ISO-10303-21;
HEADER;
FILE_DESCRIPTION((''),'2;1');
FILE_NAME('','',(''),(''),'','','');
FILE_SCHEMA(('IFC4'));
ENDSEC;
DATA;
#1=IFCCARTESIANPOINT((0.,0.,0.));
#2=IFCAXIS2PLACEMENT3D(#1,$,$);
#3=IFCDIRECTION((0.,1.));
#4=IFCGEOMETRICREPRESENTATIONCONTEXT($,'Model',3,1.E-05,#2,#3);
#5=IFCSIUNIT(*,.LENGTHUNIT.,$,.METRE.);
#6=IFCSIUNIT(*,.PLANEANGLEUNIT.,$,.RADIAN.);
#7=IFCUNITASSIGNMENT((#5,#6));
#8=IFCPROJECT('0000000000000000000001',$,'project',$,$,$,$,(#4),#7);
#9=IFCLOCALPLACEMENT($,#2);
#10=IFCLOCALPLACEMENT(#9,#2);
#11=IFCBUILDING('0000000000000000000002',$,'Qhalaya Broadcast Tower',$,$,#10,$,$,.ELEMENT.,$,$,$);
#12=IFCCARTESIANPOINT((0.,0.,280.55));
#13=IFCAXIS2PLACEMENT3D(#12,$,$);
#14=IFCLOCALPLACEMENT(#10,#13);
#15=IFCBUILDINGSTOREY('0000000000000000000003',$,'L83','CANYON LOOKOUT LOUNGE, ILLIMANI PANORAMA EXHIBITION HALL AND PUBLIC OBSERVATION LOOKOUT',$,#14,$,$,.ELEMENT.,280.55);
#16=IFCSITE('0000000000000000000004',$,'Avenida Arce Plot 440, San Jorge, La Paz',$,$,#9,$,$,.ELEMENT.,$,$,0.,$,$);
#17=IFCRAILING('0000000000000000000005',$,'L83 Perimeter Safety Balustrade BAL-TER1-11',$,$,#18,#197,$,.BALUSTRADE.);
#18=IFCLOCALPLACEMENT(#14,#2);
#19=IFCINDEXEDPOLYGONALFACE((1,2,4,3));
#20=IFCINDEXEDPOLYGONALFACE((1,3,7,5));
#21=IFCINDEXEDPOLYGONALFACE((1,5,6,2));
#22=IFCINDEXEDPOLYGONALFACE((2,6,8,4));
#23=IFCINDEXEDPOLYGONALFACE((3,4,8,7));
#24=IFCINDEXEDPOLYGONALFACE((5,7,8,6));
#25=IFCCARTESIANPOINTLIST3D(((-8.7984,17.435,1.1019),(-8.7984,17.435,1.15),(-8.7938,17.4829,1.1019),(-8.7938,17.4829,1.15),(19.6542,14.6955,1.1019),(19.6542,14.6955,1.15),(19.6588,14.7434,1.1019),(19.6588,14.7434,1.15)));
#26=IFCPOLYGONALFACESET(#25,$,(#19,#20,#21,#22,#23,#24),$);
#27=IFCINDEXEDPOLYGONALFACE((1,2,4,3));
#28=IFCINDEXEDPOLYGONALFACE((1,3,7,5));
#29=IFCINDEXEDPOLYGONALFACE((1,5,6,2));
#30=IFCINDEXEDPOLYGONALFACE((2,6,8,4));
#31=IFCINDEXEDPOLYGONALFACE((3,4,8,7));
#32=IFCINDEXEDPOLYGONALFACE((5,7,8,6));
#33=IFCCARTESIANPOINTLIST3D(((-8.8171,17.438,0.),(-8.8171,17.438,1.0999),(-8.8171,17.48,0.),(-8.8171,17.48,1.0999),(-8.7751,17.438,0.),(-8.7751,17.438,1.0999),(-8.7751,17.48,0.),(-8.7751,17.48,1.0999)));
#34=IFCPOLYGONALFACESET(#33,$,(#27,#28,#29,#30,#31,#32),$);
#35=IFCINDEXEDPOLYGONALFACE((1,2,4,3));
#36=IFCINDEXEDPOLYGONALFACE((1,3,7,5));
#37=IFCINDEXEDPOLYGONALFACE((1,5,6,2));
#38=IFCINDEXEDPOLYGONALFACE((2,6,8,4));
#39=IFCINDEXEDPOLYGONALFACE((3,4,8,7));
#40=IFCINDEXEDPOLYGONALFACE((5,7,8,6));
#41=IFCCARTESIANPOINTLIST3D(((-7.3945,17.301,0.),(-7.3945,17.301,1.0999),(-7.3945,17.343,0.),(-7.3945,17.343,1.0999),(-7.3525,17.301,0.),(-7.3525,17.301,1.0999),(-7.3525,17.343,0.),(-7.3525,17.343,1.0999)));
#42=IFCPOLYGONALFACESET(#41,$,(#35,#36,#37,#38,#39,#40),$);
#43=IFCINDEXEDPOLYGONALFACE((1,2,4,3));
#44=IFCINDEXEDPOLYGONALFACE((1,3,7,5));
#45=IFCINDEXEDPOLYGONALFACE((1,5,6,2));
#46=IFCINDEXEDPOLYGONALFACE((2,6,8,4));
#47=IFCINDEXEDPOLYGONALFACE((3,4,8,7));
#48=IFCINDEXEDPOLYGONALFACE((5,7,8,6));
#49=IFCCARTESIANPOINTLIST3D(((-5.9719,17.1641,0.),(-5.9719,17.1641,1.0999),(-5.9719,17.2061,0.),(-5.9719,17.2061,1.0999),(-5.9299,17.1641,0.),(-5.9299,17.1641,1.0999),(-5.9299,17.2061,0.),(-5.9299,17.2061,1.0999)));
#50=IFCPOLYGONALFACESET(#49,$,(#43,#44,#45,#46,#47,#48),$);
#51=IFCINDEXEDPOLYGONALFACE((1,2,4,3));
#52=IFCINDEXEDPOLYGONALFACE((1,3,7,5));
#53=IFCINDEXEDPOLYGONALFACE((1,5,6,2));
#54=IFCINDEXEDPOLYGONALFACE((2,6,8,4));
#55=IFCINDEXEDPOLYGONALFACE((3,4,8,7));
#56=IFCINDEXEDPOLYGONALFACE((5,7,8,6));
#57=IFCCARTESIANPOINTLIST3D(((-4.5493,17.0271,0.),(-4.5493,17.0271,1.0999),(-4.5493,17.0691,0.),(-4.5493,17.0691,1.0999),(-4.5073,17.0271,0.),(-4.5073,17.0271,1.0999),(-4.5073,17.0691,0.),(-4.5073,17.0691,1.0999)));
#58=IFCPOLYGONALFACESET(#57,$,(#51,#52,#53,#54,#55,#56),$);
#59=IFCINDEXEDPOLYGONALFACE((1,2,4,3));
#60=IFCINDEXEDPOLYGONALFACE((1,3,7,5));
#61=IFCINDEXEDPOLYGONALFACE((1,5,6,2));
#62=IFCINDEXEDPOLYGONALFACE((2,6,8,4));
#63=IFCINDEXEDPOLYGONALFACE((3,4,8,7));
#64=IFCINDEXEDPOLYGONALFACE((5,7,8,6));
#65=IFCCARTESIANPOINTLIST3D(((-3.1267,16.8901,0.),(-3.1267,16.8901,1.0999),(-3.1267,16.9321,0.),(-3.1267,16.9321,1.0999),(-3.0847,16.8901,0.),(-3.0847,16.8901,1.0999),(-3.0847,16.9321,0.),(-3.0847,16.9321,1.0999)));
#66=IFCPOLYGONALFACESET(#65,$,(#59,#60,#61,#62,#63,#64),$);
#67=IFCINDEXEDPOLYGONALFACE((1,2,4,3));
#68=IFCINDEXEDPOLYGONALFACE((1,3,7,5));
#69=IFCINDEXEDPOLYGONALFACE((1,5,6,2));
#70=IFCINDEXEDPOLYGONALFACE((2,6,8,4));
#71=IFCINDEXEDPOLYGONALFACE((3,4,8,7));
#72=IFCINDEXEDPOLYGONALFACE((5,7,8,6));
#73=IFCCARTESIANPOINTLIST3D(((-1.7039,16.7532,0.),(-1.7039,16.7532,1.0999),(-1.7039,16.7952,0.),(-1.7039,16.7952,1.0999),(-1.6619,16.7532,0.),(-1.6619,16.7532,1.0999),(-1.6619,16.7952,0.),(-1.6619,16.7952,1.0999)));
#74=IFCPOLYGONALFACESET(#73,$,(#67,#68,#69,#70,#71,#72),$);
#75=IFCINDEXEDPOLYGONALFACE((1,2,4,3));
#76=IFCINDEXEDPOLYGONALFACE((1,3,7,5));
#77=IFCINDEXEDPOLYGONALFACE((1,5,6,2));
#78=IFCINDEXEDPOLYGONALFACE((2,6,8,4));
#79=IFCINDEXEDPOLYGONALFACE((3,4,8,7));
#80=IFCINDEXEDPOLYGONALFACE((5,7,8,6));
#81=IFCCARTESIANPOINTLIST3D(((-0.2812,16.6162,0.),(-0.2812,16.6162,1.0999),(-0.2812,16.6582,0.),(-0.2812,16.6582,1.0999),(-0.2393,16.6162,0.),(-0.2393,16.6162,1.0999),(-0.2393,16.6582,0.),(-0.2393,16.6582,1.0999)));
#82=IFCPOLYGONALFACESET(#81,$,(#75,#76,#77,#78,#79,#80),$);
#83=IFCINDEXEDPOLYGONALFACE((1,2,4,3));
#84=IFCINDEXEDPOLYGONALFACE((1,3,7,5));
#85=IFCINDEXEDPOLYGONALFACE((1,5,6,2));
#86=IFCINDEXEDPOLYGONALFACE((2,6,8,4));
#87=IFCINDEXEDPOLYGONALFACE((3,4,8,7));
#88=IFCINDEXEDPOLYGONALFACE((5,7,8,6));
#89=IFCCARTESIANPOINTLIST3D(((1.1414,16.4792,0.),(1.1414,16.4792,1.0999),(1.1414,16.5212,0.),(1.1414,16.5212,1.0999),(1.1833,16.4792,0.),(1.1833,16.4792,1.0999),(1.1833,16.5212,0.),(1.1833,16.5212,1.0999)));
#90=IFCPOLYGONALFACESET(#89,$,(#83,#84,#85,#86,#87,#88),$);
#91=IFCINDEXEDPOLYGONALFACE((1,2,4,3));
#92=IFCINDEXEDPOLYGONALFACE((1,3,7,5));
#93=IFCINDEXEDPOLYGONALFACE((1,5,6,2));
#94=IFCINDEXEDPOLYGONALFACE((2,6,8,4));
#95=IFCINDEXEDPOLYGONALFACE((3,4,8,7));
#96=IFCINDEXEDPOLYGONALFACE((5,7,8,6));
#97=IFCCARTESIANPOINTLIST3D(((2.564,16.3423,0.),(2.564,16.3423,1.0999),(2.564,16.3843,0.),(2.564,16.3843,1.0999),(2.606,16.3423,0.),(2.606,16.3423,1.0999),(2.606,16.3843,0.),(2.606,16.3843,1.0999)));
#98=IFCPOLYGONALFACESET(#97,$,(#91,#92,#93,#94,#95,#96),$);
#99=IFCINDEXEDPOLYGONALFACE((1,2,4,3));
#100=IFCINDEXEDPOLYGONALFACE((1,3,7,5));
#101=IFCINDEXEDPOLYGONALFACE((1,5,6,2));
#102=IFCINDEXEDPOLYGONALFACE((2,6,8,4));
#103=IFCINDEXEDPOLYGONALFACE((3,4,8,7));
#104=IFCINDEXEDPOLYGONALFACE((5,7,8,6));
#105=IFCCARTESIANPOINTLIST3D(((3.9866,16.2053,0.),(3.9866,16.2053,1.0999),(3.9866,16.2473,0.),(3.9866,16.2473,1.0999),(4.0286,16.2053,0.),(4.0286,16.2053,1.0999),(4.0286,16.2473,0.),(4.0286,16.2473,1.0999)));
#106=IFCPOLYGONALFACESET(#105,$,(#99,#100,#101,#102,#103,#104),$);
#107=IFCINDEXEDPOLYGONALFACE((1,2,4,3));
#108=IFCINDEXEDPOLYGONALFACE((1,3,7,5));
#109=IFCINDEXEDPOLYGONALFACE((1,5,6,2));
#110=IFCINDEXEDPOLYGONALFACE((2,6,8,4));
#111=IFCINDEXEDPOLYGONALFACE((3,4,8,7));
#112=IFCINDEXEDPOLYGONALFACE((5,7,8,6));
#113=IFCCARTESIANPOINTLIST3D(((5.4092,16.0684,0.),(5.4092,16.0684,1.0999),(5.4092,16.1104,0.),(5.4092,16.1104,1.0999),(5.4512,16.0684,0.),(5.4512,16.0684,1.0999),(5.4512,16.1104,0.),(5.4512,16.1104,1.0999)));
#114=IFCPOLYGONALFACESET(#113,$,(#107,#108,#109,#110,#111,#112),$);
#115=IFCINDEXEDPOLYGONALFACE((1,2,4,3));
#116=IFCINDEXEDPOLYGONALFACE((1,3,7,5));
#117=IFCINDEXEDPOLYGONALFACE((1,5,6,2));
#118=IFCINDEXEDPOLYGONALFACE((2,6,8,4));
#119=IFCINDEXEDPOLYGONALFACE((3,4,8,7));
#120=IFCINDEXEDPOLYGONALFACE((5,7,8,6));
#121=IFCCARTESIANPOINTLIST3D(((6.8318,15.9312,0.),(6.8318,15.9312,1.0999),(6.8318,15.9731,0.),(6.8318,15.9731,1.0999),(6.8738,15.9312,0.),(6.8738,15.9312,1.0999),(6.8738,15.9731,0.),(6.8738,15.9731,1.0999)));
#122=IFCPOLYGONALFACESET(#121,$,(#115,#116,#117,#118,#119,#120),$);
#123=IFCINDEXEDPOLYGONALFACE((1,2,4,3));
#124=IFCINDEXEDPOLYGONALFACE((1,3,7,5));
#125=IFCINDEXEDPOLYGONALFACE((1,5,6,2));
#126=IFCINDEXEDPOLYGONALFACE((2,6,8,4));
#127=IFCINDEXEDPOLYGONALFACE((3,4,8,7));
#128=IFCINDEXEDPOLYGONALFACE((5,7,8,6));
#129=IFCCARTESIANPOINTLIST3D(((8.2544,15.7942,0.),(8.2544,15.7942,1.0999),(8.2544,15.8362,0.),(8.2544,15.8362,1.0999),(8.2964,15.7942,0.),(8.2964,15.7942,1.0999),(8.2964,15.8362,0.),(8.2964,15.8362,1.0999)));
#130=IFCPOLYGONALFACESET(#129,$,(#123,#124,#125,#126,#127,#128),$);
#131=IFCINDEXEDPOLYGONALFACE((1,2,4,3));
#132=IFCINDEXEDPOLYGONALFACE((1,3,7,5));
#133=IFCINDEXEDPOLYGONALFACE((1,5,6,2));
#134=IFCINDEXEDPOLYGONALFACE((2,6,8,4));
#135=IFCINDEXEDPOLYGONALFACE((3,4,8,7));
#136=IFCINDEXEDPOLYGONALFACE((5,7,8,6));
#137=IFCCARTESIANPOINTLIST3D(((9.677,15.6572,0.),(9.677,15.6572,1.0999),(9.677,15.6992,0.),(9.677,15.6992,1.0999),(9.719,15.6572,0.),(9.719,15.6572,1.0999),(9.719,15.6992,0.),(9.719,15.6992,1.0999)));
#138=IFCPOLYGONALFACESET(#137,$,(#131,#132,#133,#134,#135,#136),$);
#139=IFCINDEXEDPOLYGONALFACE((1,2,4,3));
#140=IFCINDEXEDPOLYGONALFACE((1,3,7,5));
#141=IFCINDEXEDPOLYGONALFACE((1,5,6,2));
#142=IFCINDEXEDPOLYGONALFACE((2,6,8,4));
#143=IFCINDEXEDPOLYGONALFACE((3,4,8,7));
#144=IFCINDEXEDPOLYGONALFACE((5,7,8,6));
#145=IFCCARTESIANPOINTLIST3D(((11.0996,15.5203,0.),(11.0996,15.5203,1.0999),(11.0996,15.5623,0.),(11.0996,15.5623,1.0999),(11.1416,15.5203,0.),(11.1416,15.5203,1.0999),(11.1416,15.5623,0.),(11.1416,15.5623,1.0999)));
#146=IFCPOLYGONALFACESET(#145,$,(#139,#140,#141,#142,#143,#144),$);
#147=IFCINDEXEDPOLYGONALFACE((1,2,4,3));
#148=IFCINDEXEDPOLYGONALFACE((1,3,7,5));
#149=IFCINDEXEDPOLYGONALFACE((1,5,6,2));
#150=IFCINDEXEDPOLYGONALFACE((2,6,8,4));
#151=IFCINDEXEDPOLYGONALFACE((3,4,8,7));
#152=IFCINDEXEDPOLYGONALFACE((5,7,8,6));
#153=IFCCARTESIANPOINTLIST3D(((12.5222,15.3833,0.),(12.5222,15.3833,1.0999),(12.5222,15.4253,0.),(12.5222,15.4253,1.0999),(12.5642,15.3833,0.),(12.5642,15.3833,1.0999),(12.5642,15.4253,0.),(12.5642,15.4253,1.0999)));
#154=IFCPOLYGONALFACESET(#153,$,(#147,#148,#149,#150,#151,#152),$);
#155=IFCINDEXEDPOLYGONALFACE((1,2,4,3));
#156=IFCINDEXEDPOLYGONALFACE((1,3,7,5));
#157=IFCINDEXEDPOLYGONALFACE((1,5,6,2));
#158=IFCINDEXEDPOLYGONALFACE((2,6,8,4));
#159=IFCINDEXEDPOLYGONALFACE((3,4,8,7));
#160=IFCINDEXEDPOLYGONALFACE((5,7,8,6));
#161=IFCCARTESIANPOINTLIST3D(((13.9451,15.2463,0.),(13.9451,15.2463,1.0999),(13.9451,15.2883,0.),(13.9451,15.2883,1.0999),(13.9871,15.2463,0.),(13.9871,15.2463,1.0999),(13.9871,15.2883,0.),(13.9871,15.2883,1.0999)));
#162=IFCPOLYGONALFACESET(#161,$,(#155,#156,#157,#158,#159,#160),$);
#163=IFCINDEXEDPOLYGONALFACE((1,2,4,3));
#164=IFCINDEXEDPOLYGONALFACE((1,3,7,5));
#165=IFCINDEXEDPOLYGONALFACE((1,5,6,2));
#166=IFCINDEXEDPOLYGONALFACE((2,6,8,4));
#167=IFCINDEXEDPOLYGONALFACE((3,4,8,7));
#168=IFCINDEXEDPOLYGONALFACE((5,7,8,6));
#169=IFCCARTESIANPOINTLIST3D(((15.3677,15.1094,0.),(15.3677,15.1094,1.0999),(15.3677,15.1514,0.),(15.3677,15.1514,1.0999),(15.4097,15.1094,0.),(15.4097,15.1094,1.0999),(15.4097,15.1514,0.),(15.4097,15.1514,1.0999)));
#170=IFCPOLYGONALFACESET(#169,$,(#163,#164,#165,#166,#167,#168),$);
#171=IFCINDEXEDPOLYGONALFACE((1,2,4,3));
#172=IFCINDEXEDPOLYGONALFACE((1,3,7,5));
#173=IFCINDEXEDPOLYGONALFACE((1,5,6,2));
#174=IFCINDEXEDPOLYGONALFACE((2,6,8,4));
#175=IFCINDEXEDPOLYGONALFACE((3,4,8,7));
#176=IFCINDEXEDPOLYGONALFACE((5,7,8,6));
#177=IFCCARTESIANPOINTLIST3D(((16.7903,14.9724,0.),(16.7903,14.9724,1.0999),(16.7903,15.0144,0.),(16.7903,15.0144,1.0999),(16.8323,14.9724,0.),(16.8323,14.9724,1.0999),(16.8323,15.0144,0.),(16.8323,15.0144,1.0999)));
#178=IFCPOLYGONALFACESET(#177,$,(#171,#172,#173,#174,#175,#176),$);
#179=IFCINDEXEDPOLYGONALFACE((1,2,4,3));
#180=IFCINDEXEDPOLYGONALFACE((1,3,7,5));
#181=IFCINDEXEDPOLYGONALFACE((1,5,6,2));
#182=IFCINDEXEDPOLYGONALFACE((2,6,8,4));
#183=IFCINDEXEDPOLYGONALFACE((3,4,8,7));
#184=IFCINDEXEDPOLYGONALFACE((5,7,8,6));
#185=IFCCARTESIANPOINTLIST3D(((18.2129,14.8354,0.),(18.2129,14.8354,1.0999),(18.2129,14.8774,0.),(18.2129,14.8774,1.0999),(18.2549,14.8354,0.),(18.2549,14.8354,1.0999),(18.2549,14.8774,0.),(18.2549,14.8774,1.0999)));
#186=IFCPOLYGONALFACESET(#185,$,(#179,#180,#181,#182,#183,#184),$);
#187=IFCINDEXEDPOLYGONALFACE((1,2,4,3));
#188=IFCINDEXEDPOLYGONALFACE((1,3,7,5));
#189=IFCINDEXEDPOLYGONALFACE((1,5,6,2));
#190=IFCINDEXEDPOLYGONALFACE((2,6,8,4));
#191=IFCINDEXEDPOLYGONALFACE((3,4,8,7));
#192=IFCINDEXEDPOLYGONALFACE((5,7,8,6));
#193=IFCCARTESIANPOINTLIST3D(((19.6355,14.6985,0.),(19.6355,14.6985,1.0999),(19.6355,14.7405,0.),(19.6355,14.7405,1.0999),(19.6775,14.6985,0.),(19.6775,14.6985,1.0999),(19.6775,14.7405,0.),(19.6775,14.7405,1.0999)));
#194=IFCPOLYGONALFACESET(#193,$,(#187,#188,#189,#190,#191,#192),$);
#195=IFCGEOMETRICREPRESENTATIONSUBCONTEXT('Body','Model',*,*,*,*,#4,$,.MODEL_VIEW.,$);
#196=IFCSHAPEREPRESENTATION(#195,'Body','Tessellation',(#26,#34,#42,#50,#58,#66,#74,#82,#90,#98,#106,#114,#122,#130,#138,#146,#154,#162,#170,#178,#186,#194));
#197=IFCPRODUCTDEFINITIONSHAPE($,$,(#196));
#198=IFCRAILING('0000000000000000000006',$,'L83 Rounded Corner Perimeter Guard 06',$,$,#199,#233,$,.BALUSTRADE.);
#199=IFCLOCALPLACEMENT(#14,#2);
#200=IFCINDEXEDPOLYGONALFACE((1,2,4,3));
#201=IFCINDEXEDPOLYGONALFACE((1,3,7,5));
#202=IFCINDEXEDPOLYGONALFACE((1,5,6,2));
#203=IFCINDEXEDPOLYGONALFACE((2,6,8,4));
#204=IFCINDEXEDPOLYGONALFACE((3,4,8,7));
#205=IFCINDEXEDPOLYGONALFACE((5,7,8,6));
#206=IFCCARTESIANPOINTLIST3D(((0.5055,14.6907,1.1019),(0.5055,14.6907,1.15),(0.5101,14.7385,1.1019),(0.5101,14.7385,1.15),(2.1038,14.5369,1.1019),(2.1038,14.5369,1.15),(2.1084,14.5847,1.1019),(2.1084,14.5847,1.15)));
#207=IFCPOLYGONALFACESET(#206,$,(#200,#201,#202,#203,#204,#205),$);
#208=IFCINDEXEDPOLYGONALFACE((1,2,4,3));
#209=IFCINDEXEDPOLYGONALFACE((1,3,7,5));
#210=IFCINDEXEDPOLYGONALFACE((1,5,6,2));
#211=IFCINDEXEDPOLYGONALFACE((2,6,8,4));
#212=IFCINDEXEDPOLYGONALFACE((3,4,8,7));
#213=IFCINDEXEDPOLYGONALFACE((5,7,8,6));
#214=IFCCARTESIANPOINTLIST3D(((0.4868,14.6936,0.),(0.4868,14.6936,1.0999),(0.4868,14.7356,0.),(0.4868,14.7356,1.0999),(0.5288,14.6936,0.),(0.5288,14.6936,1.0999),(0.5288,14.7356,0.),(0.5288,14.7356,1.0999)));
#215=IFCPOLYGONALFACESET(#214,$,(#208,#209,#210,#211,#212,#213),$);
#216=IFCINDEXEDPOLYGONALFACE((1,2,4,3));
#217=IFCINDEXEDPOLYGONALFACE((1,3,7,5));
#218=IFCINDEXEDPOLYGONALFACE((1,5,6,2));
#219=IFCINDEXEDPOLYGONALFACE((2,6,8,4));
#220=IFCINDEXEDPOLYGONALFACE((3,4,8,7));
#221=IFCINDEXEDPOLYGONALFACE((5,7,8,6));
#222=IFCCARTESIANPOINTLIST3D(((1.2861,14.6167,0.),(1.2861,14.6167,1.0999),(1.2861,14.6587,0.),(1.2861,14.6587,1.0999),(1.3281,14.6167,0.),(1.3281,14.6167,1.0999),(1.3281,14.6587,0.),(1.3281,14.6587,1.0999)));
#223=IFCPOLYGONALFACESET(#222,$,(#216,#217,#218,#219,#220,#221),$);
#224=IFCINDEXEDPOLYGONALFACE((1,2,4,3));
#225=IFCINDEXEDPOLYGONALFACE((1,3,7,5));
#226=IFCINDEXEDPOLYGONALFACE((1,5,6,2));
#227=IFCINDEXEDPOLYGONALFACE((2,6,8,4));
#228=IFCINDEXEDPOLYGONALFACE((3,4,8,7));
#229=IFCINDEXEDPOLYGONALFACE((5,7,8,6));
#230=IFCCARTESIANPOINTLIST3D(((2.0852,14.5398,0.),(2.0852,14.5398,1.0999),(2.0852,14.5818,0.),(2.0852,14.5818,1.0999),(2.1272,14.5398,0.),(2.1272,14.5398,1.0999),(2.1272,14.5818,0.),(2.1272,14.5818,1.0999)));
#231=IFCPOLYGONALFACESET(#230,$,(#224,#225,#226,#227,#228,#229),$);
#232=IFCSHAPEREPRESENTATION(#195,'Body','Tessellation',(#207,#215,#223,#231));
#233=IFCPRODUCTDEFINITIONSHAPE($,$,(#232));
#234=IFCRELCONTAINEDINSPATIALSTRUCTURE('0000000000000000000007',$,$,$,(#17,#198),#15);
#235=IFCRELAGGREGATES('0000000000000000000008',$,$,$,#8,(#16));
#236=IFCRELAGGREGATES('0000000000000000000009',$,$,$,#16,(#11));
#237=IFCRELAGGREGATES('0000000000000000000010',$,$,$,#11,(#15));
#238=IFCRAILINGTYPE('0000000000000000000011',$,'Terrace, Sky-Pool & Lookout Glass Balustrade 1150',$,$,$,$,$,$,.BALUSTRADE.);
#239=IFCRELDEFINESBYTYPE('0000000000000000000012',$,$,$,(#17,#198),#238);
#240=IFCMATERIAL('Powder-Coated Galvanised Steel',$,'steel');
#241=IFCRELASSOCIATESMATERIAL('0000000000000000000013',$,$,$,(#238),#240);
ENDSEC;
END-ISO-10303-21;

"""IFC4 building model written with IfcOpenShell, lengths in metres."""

from ifc_helpers import new_model, si_unit, direction, frame, origin, origin_2d, place, context, subcontext, project, spatial, rectangle, extrude, material, type_object, element, save


model = new_model("IFC4")

# Units and contexts
model_context = context("Model", 3, precision=1e-05, world=origin(), true_north=direction((0.0, 1.0)))
body_context = subcontext(model_context, "Body", "Model", "MODEL_VIEW")
ifc_project = project(units=[si_unit("LENGTHUNIT", "METRE"), si_unit("PLANEANGLEUNIT", "RADIAN")], contexts=[model_context])

# Site, building, storey
site_placement = place(None, origin())
site = spatial("IfcSite", under=ifc_project, at=site_placement, Name="Avenida Arce Plot 440, San Jorge, La Paz", CompositionType="ELEMENT", RefElevation=0.0)
building_placement = place(site_placement, origin())
building = spatial("IfcBuilding", under=site, at=building_placement, Name="Qhalaya Broadcast Tower", CompositionType="ELEMENT")
storey_placement = place(building_placement, frame((0.0, 0.0, 280.55)))
storey = spatial("IfcBuildingStorey", under=building, at=storey_placement, Name="L83", Description="CANYON LOOKOUT LOUNGE, ILLIMANI PANORAMA EXHIBITION HALL AND PUBLIC OBSERVATION LOOKOUT", CompositionType="ELEMENT", Elevation=280.55)

# Railings
ifc_material_1 = material(Name="Powder-Coated Galvanised Steel", Category="steel")
railing_type = type_object("IfcRailingType", Name="Terrace, Sky-Pool & Lookout Glass Balustrade 1150", PredefinedType="BALUSTRADE", material=ifc_material_1)
railing_1_placement = place(storey_placement, frame((-8.7961, 17.459, 0.0)))
element("IfcRailing", 1, at=railing_1_placement, inside=storey, type_object=railing_type, Name="L83 Perimeter Safety Balustrade BAL-TER1-11", PredefinedType="BALUSTRADE", context=body_context, shape_type="SweptSolid", body=[
    extrude(rectangle(XDim=0.0481, YDim=0.0481, at=origin_2d()), frame((0.0, 0.0, 1.126), z_axis=(0.995397, -0.09584, 0.0), x_axis=(0.09584, 0.995397, 0.0)), (0.0, 0.0, 1.0), 28.5842),
    extrude(rectangle(XDim=0.042, YDim=0.042, at=origin_2d()), origin(), (0.0, 0.0, 1.0), 1.0999),
    extrude(rectangle(XDim=0.042, YDim=0.042, at=origin_2d()), frame((1.4226, -0.137, 0.0)), (0.0, 0.0, 1.0), 1.0999),
    extrude(rectangle(XDim=0.042, YDim=0.042, at=origin_2d()), frame((2.8452, -0.2739, 0.0)), (0.0, 0.0, 1.0), 1.0999),
    extrude(rectangle(XDim=0.042, YDim=0.042, at=origin_2d()), frame((4.2678, -0.4109, 0.0)), (0.0, 0.0, 1.0), 1.0999),
    extrude(rectangle(XDim=0.042, YDim=0.042, at=origin_2d()), frame((5.6904, -0.5479, 0.0)), (0.0, 0.0, 1.0), 1.0999),
    extrude(rectangle(XDim=0.042, YDim=0.042, at=origin_2d()), frame((7.1133, -0.6848, 0.0)), (0.0, 0.0, 1.0), 1.0999),
    extrude(rectangle(XDim=0.042, YDim=0.042, at=origin_2d()), frame((8.5359, -0.8218, 0.0)), (0.0, 0.0, 1.0), 1.0999),
    extrude(rectangle(XDim=0.042, YDim=0.042, at=origin_2d()), frame((9.9585, -0.9587, 0.0)), (0.0, 0.0, 1.0), 1.0999),
    extrude(rectangle(XDim=0.042, YDim=0.042, at=origin_2d()), frame((11.3811, -1.0957, 0.0)), (0.0, 0.0, 1.0), 1.0999),
    extrude(rectangle(XDim=0.042, YDim=0.042, at=origin_2d()), frame((12.8037, -1.2327, 0.0)), (0.0, 0.0, 1.0), 1.0999),
    extrude(rectangle(XDim=0.042, YDim=0.042, at=origin_2d()), frame((14.2263, -1.3696, 0.0)), (0.0, 0.0, 1.0), 1.0999),
    extrude(rectangle(XDim=0.042, YDim=0.042, at=origin_2d()), frame((15.6489, -1.5068, 0.0)), (0.0, 0.0, 1.0), 1.0999),
    extrude(rectangle(XDim=0.042, YDim=0.042, at=origin_2d()), frame((17.0715, -1.6438, 0.0)), (0.0, 0.0, 1.0), 1.0999),
    extrude(rectangle(XDim=0.042, YDim=0.042, at=origin_2d()), frame((18.4941, -1.7808, 0.0)), (0.0, 0.0, 1.0), 1.0999),
    extrude(rectangle(XDim=0.042, YDim=0.042, at=origin_2d()), frame((19.9167, -1.9177, 0.0)), (0.0, 0.0, 1.0), 1.0999),
    extrude(rectangle(XDim=0.042, YDim=0.042, at=origin_2d()), frame((21.3394, -2.0547, 0.0)), (0.0, 0.0, 1.0), 1.0999),
    extrude(rectangle(XDim=0.042, YDim=0.042, at=origin_2d()), frame((22.7622, -2.1917, 0.0)), (0.0, 0.0, 1.0), 1.0999),
    extrude(rectangle(XDim=0.042, YDim=0.042, at=origin_2d()), frame((24.1848, -2.3286, 0.0)), (0.0, 0.0, 1.0), 1.0999),
    extrude(rectangle(XDim=0.042, YDim=0.042, at=origin_2d()), frame((25.6074, -2.4656, 0.0)), (0.0, 0.0, 1.0), 1.0999),
    extrude(rectangle(XDim=0.042, YDim=0.042, at=origin_2d()), frame((27.03, -2.6025, 0.0)), (0.0, 0.0, 1.0), 1.0999),
    extrude(rectangle(XDim=0.042, YDim=0.042, at=origin_2d()), frame((28.4526, -2.7395, 0.0)), (0.0, 0.0, 1.0), 1.0999),
])
railing_2_placement = place(storey_placement, frame((0.5078, 14.7146, 0.0)))
element("IfcRailing", 2, at=railing_2_placement, inside=storey, type_object=railing_type, Name="L83 Rounded Corner Perimeter Guard 06", PredefinedType="BALUSTRADE", context=body_context, shape_type="SweptSolid", body=[
    extrude(rectangle(XDim=0.0481, YDim=0.0481, at=origin_2d()), frame((0.0, 0.0, 1.126), z_axis=(0.995402, -0.095785, 0.0), x_axis=(0.095785, 0.995402, 0.0)), (0.0, 0.0, 1.0), 1.6057),
    extrude(rectangle(XDim=0.042, YDim=0.042, at=origin_2d()), origin(), (0.0, 0.0, 1.0), 1.0999),
    extrude(rectangle(XDim=0.042, YDim=0.042, at=origin_2d()), frame((0.7993, -0.0769, 0.0)), (0.0, 0.0, 1.0), 1.0999),
    extrude(rectangle(XDim=0.042, YDim=0.042, at=origin_2d()), frame((1.5984, -0.1538, 0.0)), (0.0, 0.0, 1.0), 1.0999),
])

save(model, "model.ifc")
